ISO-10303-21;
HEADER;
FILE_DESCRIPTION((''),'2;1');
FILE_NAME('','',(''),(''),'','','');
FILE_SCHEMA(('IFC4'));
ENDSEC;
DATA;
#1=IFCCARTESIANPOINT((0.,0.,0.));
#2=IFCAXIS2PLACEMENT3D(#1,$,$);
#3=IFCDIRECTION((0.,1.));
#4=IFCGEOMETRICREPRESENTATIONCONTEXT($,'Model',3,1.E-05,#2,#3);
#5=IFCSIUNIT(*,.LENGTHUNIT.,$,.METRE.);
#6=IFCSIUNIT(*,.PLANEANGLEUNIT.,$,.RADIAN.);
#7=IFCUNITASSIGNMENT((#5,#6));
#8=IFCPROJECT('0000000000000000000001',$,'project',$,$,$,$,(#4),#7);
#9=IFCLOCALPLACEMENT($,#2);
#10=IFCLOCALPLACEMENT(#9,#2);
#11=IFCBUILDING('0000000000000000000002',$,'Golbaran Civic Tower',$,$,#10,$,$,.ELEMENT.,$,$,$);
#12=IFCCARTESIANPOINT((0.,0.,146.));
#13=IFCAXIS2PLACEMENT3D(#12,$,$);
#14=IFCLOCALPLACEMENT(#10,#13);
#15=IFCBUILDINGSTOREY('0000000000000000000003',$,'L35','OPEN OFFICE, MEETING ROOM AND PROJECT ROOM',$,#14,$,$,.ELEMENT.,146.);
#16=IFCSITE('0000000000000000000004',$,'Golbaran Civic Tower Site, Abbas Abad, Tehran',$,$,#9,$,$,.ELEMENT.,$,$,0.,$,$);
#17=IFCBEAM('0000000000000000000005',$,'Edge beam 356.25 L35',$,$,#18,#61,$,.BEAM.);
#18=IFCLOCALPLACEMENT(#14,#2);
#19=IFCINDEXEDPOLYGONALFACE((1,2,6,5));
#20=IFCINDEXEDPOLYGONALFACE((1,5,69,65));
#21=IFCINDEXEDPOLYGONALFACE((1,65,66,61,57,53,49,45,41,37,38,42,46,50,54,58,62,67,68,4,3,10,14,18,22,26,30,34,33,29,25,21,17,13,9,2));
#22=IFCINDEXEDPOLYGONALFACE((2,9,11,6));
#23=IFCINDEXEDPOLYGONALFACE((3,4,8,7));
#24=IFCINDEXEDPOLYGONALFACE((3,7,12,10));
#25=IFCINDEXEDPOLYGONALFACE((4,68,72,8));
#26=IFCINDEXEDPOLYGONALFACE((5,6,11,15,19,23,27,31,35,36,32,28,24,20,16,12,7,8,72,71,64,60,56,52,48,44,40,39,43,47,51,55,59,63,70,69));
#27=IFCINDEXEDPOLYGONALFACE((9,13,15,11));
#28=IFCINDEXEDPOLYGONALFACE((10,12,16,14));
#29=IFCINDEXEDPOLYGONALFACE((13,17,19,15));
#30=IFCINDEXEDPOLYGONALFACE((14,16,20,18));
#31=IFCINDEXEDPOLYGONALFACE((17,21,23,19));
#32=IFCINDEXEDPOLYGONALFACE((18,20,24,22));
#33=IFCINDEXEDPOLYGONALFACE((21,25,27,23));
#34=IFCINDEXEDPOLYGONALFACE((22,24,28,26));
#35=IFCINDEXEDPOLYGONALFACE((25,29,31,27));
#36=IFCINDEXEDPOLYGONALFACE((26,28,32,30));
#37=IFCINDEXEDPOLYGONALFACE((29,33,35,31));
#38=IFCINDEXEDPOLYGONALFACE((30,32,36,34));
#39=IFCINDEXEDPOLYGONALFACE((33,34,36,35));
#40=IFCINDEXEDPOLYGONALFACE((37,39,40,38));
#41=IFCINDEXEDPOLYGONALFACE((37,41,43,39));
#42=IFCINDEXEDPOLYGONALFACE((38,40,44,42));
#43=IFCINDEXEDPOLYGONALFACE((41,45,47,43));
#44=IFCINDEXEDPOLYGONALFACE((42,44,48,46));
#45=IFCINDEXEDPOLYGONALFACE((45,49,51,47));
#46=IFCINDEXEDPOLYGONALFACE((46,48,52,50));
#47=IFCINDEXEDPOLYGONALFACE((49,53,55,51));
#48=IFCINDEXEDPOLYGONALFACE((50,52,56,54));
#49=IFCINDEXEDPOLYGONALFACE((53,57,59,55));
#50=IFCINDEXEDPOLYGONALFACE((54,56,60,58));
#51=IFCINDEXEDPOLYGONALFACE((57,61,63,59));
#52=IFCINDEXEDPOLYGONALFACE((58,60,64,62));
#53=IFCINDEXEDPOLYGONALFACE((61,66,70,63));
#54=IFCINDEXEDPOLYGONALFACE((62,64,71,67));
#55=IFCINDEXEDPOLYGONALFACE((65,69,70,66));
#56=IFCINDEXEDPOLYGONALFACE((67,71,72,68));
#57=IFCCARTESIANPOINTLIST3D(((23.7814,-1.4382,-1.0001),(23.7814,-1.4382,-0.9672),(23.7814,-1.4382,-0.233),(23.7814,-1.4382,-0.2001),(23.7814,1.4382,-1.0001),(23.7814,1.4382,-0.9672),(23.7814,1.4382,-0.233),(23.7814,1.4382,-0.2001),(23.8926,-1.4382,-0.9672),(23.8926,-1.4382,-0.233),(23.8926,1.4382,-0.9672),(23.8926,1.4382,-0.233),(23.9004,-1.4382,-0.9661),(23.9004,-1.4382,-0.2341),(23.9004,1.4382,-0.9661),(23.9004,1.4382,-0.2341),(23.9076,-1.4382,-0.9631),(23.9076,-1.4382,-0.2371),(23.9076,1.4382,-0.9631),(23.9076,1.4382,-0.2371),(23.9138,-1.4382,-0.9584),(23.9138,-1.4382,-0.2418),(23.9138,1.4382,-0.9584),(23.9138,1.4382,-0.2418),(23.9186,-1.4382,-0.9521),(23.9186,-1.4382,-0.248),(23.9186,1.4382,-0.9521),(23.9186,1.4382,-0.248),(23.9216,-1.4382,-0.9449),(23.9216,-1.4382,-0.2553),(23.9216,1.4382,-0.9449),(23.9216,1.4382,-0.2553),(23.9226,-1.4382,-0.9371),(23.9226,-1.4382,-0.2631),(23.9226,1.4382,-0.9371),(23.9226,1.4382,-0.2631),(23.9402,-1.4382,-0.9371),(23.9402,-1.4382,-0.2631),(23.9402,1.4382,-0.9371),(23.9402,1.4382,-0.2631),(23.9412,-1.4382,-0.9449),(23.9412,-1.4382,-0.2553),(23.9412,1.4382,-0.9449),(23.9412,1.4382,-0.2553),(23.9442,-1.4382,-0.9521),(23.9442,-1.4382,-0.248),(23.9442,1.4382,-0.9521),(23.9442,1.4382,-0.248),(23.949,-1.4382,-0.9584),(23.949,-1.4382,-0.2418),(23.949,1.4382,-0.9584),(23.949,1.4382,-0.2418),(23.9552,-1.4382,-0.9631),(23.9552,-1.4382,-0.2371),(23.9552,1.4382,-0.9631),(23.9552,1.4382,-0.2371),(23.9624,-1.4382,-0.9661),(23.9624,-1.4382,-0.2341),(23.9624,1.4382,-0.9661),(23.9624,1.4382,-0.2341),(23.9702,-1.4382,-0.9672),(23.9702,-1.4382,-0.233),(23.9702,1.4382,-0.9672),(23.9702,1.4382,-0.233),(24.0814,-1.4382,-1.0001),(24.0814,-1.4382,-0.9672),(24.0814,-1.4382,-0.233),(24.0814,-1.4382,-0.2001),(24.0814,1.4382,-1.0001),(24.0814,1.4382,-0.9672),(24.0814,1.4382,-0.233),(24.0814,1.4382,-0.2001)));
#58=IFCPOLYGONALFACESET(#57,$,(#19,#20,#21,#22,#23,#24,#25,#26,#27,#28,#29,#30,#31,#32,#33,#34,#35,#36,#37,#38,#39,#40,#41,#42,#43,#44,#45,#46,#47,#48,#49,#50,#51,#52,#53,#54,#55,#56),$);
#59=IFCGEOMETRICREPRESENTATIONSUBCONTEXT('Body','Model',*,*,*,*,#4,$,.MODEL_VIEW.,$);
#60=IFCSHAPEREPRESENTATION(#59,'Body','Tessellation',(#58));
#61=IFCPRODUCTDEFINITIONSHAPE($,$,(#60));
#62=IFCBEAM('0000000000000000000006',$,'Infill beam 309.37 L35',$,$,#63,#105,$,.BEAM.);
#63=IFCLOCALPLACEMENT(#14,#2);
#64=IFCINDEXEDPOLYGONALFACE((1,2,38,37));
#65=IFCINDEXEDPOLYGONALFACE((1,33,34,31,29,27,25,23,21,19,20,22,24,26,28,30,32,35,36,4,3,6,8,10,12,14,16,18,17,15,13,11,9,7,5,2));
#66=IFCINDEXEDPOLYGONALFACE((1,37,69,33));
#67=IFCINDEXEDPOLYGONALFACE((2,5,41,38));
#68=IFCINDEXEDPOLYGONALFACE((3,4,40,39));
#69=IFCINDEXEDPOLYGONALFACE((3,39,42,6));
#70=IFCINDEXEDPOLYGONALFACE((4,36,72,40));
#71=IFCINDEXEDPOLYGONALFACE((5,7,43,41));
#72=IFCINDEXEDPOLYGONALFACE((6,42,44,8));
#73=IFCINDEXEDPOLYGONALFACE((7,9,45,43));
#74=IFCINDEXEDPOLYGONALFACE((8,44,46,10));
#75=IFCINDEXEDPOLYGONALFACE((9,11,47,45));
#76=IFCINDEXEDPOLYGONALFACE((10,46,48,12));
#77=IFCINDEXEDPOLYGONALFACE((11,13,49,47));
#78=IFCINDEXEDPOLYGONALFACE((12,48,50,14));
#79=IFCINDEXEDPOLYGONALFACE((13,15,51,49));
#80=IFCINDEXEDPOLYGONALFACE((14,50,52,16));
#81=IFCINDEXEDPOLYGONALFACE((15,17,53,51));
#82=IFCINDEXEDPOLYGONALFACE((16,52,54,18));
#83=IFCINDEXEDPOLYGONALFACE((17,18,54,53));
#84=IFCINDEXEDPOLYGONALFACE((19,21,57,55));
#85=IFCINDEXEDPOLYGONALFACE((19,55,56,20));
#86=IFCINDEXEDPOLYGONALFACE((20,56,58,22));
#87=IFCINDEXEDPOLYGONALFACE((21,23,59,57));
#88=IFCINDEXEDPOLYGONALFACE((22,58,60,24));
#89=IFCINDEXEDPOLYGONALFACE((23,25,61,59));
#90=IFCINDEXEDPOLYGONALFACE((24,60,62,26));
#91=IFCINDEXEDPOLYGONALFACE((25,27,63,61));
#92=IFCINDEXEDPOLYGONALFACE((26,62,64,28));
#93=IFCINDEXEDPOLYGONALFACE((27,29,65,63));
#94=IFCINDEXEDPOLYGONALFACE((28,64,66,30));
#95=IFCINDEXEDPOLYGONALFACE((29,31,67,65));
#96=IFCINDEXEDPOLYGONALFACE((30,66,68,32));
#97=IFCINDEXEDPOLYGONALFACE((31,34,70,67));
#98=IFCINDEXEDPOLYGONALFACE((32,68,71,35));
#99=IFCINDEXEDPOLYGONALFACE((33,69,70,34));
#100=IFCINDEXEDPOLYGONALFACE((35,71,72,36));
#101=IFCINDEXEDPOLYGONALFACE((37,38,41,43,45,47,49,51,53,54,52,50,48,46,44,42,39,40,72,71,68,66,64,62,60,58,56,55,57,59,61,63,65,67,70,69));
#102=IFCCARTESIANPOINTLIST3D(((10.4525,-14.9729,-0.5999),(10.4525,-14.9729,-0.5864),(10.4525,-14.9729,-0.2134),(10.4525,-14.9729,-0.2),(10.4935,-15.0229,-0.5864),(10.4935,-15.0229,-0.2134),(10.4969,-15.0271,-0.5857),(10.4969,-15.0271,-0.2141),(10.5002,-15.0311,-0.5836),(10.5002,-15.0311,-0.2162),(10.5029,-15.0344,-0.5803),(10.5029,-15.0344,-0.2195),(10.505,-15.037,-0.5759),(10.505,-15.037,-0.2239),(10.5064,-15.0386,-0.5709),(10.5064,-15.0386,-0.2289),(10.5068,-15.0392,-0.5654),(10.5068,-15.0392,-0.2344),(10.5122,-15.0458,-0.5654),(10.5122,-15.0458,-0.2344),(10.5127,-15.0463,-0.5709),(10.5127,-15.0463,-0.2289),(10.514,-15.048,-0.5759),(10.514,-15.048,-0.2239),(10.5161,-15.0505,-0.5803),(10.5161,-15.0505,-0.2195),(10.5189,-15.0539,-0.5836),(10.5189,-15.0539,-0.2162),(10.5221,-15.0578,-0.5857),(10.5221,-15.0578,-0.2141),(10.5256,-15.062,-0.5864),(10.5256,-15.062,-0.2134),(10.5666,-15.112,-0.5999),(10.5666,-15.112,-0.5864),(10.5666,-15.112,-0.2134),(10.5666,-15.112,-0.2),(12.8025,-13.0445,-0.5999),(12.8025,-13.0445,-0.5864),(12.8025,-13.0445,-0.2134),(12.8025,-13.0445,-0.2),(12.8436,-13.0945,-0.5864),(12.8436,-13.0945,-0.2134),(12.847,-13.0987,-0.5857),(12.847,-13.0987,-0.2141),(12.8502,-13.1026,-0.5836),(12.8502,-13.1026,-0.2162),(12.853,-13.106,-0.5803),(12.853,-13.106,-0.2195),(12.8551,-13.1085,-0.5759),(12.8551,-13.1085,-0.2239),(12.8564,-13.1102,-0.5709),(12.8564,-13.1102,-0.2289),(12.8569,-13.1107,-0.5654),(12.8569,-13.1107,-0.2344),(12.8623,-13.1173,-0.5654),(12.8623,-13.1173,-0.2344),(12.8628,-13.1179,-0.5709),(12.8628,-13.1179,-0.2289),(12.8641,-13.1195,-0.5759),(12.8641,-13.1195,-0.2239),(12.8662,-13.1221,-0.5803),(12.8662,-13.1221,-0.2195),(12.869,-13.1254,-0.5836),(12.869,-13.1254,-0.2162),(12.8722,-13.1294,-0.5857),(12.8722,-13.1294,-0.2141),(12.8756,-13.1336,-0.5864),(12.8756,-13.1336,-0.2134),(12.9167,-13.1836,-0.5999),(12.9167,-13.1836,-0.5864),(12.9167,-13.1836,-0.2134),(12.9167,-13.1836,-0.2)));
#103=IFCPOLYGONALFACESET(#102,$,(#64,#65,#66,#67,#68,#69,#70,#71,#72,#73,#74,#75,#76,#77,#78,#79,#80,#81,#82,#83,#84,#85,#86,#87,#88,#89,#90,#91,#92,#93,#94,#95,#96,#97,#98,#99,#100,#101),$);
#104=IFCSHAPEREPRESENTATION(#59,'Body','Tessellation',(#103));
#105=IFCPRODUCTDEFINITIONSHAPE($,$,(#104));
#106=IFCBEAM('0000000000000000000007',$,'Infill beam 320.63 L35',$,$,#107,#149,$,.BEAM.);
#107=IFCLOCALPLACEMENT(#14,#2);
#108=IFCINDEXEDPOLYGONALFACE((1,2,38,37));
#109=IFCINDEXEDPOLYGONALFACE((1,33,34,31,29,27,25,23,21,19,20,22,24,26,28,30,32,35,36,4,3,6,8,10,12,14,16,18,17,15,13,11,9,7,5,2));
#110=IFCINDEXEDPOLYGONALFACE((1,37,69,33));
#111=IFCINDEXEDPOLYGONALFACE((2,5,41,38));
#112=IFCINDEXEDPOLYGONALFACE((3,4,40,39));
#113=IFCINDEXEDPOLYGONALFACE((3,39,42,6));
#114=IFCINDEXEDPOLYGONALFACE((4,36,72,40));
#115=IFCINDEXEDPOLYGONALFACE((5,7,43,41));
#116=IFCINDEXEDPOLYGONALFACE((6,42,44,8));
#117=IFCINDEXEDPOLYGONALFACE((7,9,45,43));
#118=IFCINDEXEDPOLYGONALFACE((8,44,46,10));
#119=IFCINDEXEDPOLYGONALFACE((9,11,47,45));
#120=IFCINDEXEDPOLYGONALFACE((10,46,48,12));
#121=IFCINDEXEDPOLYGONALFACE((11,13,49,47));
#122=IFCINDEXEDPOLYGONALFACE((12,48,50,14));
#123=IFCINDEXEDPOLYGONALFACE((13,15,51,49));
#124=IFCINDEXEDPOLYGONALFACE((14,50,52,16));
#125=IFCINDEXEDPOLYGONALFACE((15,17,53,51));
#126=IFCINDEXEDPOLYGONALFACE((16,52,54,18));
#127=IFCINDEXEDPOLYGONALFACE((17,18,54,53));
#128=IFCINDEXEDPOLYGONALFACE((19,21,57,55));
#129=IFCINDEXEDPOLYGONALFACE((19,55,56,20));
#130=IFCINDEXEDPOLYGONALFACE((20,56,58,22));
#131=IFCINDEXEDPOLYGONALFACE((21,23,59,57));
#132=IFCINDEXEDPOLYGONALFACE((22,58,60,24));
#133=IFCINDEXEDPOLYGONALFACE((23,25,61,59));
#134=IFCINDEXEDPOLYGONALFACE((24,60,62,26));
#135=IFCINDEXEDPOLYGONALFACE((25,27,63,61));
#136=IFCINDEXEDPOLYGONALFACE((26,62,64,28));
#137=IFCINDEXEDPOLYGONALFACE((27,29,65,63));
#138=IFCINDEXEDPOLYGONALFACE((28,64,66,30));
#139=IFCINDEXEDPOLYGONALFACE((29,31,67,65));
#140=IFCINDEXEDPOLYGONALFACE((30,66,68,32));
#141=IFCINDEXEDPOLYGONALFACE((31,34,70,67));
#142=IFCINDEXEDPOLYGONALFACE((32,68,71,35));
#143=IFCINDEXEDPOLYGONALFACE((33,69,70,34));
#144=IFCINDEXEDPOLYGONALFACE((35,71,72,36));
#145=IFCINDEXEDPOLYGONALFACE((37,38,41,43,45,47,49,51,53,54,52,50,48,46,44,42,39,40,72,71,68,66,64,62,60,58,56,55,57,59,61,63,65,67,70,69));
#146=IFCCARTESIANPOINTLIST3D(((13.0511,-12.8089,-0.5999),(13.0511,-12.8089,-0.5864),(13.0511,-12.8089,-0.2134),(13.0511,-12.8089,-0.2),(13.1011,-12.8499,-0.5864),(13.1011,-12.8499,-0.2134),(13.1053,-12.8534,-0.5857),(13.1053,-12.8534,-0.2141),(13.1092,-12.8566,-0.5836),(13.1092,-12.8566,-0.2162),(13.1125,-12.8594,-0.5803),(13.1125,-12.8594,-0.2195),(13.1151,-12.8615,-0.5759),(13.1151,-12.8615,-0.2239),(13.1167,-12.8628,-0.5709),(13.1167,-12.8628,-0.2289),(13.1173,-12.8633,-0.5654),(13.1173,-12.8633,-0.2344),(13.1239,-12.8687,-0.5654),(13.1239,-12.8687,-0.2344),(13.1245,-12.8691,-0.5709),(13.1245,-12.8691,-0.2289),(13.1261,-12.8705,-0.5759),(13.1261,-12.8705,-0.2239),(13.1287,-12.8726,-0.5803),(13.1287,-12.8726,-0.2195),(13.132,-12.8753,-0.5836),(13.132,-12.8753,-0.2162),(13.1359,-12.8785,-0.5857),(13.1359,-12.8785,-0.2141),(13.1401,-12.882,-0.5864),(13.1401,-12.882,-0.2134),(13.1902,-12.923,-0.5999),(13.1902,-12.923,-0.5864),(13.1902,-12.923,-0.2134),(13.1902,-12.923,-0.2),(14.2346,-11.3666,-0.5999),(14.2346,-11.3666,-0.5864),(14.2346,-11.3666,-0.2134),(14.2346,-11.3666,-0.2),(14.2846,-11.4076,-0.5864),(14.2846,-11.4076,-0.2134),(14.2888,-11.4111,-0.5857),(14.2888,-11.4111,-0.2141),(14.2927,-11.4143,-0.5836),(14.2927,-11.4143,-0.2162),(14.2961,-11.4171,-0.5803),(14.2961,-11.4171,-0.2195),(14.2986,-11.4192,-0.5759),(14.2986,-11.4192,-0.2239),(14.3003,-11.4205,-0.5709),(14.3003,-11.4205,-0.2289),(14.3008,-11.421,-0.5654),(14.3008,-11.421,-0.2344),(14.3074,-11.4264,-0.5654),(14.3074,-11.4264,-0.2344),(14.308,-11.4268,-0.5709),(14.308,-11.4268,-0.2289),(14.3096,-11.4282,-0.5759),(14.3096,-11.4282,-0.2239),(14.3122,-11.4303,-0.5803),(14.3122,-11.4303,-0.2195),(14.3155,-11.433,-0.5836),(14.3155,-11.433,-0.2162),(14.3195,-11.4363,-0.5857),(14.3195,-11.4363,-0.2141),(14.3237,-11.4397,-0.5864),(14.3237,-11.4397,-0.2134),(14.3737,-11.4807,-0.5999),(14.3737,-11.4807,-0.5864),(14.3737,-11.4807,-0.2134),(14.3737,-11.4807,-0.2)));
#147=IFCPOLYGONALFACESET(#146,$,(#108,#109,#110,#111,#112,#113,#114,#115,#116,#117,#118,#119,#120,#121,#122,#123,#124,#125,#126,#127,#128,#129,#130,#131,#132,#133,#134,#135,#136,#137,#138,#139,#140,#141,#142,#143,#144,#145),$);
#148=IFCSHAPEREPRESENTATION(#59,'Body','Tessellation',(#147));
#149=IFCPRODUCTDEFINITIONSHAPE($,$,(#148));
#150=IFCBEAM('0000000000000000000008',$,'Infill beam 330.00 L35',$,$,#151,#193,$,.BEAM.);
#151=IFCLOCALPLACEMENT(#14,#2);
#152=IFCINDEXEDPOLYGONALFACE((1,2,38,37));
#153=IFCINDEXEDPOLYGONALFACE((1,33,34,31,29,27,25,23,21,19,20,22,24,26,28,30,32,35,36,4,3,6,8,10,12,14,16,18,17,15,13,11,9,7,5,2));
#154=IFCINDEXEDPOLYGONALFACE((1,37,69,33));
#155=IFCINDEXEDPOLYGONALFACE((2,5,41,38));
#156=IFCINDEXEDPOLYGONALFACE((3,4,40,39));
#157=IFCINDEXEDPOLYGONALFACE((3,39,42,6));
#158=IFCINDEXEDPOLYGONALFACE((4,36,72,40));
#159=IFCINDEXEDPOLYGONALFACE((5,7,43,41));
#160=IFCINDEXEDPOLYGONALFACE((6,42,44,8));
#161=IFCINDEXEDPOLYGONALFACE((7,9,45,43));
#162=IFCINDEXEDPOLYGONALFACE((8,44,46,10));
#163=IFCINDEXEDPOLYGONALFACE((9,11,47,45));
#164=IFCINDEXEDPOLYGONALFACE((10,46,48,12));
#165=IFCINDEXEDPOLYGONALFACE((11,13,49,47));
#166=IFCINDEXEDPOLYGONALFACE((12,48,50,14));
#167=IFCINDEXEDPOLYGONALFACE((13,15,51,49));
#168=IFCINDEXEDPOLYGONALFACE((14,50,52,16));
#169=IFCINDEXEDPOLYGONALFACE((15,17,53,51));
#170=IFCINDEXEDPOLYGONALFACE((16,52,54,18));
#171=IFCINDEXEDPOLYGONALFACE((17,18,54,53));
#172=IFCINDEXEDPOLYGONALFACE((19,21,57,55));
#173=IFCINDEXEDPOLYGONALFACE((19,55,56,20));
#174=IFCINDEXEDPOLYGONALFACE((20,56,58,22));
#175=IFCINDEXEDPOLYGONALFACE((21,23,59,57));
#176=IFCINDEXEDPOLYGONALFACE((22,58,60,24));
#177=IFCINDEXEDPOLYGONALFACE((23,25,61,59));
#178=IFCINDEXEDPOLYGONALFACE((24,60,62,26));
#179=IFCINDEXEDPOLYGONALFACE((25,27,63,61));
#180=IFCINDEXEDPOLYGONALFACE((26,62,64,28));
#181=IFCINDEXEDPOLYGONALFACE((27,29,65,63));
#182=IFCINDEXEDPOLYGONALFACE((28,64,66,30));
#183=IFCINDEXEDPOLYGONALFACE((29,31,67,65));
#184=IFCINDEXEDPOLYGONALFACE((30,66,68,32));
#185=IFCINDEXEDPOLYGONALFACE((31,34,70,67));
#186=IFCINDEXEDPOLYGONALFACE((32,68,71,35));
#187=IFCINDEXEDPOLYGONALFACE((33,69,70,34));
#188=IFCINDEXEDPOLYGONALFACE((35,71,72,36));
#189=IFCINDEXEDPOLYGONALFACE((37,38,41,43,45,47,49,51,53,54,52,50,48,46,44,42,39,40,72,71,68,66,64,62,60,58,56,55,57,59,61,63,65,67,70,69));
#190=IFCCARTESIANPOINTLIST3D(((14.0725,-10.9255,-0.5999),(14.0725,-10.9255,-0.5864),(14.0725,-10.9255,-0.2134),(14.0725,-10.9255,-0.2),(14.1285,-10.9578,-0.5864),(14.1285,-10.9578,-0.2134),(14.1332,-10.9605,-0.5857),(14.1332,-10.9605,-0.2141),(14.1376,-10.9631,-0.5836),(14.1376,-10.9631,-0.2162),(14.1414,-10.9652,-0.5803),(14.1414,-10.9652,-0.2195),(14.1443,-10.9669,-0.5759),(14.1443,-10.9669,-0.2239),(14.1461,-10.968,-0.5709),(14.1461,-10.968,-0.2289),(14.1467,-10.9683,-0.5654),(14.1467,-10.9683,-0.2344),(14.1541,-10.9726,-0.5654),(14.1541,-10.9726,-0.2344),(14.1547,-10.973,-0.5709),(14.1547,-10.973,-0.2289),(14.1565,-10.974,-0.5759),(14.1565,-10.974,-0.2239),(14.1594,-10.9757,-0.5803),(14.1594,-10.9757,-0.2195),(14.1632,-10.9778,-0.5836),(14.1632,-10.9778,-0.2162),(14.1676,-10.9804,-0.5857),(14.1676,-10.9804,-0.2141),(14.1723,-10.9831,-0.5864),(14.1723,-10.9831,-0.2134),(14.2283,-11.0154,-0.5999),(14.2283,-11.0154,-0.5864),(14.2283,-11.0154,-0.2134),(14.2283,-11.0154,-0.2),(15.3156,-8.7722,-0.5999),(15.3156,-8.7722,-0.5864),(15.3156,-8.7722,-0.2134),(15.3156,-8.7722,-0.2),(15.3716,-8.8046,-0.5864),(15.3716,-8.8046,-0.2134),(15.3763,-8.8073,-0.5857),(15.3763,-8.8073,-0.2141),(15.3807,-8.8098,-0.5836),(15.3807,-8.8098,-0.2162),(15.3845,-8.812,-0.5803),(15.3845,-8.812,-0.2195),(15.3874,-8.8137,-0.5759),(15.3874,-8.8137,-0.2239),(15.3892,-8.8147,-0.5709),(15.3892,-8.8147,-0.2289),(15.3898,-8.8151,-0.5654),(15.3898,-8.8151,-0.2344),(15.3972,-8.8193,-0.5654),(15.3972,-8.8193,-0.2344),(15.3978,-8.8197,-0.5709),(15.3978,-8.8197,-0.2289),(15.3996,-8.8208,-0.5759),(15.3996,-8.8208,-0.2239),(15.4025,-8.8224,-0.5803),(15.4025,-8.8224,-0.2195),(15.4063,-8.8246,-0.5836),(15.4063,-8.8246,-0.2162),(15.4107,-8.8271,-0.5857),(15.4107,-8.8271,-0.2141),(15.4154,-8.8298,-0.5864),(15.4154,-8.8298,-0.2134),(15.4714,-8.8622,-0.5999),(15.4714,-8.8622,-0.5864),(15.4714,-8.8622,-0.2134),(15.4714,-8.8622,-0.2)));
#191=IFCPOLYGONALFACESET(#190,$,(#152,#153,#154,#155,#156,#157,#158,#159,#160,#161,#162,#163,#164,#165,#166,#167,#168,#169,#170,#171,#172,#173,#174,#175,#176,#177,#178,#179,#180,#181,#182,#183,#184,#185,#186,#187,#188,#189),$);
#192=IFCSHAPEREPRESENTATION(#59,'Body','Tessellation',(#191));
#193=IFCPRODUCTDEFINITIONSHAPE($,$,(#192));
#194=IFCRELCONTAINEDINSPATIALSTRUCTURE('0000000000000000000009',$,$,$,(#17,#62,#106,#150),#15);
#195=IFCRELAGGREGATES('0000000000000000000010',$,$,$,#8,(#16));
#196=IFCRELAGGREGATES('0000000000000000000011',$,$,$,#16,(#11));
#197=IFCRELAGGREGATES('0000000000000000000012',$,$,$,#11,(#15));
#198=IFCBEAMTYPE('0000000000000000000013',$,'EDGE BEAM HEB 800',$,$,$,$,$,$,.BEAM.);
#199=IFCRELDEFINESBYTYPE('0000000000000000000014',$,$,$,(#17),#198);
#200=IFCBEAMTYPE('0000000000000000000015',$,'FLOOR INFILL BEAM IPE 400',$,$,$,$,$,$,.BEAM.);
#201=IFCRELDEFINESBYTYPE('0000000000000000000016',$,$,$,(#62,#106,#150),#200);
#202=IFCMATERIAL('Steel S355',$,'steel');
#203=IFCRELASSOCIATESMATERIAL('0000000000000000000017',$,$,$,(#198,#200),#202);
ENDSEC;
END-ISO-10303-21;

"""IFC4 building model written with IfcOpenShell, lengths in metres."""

from ifc_helpers import new_model, si_unit, direction, frame, origin, origin_2d, place, context, subcontext, project, spatial, i_section, extrude, material, material_profile, profile_set, type_object, element, save


model = new_model("IFC4")

# Units and contexts
model_context = context("Model", 3, precision=1e-05, world=origin(), true_north=direction((0.0, 1.0)))
body_context = subcontext(model_context, "Body", "Model", "MODEL_VIEW")
ifc_project = project(units=[si_unit("LENGTHUNIT", "METRE"), si_unit("PLANEANGLEUNIT", "RADIAN")], contexts=[model_context])

# Site, building, storey
site_placement = place(None, origin())
site = spatial("IfcSite", under=ifc_project, at=site_placement, Name="Golbaran Civic Tower Site, Abbas Abad, Tehran", CompositionType="ELEMENT", RefElevation=0.0)
building_placement = place(site_placement, origin())
building = spatial("IfcBuilding", under=site, at=building_placement, Name="Golbaran Civic Tower", CompositionType="ELEMENT")
storey_placement = place(building_placement, frame((0.0, 0.0, 146.0)))
storey = spatial("IfcBuildingStorey", under=building, at=storey_placement, Name="L35", Description="OPEN OFFICE, MEETING ROOM AND PROJECT ROOM", CompositionType="ELEMENT", Elevation=146.0)

# Beams
ifc_material_1 = material(Name="Steel S355", Category="steel")
ifc_material_profile_1 = material_profile(ifc_material_1, i_section(OverallWidth=0.3, OverallDepth=0.8, WebThickness=0.0176, FlangeThickness=0.033, FilletRadius=0.03, at=origin_2d()), Name="HEB 800")
ifc_profile_set_1 = profile_set([ifc_material_profile_1], Name="Steel S355")
beam_type_1 = type_object("IfcBeamType", Name="EDGE BEAM HEB 800", PredefinedType="BEAM", material=ifc_profile_set_1)
beam_1_placement = place(storey_placement, frame((23.9314, -1.4382, -0.6001), z_axis=(0.0, 1.0, 0.0), x_axis=(-1.0, 0.0, 0.0)))
element("IfcBeam", 1, at=beam_1_placement, inside=storey, type_object=beam_type_1, Name="Edge beam 356.25 L35", PredefinedType="BEAM", context=body_context, shape_type="SweptSolid", body=[
    extrude(i_section(OverallWidth=0.3, OverallDepth=0.8, WebThickness=0.0176, FlangeThickness=0.033, FilletRadius=0.03, at=origin_2d()), origin(), (0.0, 0.0, 1.0), 2.8765),
])
ifc_material_profile_2 = material_profile(ifc_material_1, i_section(OverallWidth=0.1799, OverallDepth=0.3999, WebThickness=0.0085, FlangeThickness=0.0134, FilletRadius=0.021, at=origin_2d()), Name="IPE 400")
ifc_profile_set_2 = profile_set([ifc_material_profile_2], Name="Steel S355")
beam_type_2 = type_object("IfcBeamType", Name="FLOOR INFILL BEAM IPE 400", PredefinedType="BEAM", material=ifc_profile_set_2)
beam_2_placement = place(storey_placement, frame((10.5095, -15.0425, -0.3999), z_axis=(0.773044, 0.634352, 0.0), x_axis=(-0.634352, 0.773044, 0.0)))
element("IfcBeam", 2, at=beam_2_placement, inside=storey, type_object=beam_type_2, Name="Infill beam 309.37 L35", PredefinedType="BEAM", context=body_context, shape_type="SweptSolid", body=[
    extrude(i_section(OverallWidth=0.1799, OverallDepth=0.3999, WebThickness=0.0085, FlangeThickness=0.0134, FilletRadius=0.021, at=origin_2d()), origin(), (0.0, 0.0, 1.0), 3.04),
])
beam_3_placement = place(storey_placement, frame((13.1206, -12.866, -0.3999), z_axis=(0.634349, 0.773047, 0.0), x_axis=(-0.773047, 0.634349, 0.0)))
element("IfcBeam", 3, at=beam_3_placement, inside=storey, type_object=beam_type_2, Name="Infill beam 320.63 L35", PredefinedType="BEAM", context=body_context, shape_type="SweptSolid", body=[
    extrude(i_section(OverallWidth=0.1799, OverallDepth=0.3999, WebThickness=0.0085, FlangeThickness=0.0134, FilletRadius=0.021, at=origin_2d()), origin(), (0.0, 0.0, 1.0), 1.8657),
])
beam_4_placement = place(storey_placement, frame((14.1504, -10.9705, -0.3999), z_axis=(0.499983, 0.866035, 0.0), x_axis=(-0.866035, 0.499983, 0.0)))
element("IfcBeam", 4, at=beam_4_placement, inside=storey, type_object=beam_type_2, Name="Infill beam 330.00 L35", PredefinedType="BEAM", context=body_context, shape_type="SweptSolid", body=[
    extrude(i_section(OverallWidth=0.1799, OverallDepth=0.3999, WebThickness=0.0085, FlangeThickness=0.0134, FilletRadius=0.021, at=origin_2d()), origin(), (0.0, 0.0, 1.0), 2.4863),
])

save(model, "model.ifc")
